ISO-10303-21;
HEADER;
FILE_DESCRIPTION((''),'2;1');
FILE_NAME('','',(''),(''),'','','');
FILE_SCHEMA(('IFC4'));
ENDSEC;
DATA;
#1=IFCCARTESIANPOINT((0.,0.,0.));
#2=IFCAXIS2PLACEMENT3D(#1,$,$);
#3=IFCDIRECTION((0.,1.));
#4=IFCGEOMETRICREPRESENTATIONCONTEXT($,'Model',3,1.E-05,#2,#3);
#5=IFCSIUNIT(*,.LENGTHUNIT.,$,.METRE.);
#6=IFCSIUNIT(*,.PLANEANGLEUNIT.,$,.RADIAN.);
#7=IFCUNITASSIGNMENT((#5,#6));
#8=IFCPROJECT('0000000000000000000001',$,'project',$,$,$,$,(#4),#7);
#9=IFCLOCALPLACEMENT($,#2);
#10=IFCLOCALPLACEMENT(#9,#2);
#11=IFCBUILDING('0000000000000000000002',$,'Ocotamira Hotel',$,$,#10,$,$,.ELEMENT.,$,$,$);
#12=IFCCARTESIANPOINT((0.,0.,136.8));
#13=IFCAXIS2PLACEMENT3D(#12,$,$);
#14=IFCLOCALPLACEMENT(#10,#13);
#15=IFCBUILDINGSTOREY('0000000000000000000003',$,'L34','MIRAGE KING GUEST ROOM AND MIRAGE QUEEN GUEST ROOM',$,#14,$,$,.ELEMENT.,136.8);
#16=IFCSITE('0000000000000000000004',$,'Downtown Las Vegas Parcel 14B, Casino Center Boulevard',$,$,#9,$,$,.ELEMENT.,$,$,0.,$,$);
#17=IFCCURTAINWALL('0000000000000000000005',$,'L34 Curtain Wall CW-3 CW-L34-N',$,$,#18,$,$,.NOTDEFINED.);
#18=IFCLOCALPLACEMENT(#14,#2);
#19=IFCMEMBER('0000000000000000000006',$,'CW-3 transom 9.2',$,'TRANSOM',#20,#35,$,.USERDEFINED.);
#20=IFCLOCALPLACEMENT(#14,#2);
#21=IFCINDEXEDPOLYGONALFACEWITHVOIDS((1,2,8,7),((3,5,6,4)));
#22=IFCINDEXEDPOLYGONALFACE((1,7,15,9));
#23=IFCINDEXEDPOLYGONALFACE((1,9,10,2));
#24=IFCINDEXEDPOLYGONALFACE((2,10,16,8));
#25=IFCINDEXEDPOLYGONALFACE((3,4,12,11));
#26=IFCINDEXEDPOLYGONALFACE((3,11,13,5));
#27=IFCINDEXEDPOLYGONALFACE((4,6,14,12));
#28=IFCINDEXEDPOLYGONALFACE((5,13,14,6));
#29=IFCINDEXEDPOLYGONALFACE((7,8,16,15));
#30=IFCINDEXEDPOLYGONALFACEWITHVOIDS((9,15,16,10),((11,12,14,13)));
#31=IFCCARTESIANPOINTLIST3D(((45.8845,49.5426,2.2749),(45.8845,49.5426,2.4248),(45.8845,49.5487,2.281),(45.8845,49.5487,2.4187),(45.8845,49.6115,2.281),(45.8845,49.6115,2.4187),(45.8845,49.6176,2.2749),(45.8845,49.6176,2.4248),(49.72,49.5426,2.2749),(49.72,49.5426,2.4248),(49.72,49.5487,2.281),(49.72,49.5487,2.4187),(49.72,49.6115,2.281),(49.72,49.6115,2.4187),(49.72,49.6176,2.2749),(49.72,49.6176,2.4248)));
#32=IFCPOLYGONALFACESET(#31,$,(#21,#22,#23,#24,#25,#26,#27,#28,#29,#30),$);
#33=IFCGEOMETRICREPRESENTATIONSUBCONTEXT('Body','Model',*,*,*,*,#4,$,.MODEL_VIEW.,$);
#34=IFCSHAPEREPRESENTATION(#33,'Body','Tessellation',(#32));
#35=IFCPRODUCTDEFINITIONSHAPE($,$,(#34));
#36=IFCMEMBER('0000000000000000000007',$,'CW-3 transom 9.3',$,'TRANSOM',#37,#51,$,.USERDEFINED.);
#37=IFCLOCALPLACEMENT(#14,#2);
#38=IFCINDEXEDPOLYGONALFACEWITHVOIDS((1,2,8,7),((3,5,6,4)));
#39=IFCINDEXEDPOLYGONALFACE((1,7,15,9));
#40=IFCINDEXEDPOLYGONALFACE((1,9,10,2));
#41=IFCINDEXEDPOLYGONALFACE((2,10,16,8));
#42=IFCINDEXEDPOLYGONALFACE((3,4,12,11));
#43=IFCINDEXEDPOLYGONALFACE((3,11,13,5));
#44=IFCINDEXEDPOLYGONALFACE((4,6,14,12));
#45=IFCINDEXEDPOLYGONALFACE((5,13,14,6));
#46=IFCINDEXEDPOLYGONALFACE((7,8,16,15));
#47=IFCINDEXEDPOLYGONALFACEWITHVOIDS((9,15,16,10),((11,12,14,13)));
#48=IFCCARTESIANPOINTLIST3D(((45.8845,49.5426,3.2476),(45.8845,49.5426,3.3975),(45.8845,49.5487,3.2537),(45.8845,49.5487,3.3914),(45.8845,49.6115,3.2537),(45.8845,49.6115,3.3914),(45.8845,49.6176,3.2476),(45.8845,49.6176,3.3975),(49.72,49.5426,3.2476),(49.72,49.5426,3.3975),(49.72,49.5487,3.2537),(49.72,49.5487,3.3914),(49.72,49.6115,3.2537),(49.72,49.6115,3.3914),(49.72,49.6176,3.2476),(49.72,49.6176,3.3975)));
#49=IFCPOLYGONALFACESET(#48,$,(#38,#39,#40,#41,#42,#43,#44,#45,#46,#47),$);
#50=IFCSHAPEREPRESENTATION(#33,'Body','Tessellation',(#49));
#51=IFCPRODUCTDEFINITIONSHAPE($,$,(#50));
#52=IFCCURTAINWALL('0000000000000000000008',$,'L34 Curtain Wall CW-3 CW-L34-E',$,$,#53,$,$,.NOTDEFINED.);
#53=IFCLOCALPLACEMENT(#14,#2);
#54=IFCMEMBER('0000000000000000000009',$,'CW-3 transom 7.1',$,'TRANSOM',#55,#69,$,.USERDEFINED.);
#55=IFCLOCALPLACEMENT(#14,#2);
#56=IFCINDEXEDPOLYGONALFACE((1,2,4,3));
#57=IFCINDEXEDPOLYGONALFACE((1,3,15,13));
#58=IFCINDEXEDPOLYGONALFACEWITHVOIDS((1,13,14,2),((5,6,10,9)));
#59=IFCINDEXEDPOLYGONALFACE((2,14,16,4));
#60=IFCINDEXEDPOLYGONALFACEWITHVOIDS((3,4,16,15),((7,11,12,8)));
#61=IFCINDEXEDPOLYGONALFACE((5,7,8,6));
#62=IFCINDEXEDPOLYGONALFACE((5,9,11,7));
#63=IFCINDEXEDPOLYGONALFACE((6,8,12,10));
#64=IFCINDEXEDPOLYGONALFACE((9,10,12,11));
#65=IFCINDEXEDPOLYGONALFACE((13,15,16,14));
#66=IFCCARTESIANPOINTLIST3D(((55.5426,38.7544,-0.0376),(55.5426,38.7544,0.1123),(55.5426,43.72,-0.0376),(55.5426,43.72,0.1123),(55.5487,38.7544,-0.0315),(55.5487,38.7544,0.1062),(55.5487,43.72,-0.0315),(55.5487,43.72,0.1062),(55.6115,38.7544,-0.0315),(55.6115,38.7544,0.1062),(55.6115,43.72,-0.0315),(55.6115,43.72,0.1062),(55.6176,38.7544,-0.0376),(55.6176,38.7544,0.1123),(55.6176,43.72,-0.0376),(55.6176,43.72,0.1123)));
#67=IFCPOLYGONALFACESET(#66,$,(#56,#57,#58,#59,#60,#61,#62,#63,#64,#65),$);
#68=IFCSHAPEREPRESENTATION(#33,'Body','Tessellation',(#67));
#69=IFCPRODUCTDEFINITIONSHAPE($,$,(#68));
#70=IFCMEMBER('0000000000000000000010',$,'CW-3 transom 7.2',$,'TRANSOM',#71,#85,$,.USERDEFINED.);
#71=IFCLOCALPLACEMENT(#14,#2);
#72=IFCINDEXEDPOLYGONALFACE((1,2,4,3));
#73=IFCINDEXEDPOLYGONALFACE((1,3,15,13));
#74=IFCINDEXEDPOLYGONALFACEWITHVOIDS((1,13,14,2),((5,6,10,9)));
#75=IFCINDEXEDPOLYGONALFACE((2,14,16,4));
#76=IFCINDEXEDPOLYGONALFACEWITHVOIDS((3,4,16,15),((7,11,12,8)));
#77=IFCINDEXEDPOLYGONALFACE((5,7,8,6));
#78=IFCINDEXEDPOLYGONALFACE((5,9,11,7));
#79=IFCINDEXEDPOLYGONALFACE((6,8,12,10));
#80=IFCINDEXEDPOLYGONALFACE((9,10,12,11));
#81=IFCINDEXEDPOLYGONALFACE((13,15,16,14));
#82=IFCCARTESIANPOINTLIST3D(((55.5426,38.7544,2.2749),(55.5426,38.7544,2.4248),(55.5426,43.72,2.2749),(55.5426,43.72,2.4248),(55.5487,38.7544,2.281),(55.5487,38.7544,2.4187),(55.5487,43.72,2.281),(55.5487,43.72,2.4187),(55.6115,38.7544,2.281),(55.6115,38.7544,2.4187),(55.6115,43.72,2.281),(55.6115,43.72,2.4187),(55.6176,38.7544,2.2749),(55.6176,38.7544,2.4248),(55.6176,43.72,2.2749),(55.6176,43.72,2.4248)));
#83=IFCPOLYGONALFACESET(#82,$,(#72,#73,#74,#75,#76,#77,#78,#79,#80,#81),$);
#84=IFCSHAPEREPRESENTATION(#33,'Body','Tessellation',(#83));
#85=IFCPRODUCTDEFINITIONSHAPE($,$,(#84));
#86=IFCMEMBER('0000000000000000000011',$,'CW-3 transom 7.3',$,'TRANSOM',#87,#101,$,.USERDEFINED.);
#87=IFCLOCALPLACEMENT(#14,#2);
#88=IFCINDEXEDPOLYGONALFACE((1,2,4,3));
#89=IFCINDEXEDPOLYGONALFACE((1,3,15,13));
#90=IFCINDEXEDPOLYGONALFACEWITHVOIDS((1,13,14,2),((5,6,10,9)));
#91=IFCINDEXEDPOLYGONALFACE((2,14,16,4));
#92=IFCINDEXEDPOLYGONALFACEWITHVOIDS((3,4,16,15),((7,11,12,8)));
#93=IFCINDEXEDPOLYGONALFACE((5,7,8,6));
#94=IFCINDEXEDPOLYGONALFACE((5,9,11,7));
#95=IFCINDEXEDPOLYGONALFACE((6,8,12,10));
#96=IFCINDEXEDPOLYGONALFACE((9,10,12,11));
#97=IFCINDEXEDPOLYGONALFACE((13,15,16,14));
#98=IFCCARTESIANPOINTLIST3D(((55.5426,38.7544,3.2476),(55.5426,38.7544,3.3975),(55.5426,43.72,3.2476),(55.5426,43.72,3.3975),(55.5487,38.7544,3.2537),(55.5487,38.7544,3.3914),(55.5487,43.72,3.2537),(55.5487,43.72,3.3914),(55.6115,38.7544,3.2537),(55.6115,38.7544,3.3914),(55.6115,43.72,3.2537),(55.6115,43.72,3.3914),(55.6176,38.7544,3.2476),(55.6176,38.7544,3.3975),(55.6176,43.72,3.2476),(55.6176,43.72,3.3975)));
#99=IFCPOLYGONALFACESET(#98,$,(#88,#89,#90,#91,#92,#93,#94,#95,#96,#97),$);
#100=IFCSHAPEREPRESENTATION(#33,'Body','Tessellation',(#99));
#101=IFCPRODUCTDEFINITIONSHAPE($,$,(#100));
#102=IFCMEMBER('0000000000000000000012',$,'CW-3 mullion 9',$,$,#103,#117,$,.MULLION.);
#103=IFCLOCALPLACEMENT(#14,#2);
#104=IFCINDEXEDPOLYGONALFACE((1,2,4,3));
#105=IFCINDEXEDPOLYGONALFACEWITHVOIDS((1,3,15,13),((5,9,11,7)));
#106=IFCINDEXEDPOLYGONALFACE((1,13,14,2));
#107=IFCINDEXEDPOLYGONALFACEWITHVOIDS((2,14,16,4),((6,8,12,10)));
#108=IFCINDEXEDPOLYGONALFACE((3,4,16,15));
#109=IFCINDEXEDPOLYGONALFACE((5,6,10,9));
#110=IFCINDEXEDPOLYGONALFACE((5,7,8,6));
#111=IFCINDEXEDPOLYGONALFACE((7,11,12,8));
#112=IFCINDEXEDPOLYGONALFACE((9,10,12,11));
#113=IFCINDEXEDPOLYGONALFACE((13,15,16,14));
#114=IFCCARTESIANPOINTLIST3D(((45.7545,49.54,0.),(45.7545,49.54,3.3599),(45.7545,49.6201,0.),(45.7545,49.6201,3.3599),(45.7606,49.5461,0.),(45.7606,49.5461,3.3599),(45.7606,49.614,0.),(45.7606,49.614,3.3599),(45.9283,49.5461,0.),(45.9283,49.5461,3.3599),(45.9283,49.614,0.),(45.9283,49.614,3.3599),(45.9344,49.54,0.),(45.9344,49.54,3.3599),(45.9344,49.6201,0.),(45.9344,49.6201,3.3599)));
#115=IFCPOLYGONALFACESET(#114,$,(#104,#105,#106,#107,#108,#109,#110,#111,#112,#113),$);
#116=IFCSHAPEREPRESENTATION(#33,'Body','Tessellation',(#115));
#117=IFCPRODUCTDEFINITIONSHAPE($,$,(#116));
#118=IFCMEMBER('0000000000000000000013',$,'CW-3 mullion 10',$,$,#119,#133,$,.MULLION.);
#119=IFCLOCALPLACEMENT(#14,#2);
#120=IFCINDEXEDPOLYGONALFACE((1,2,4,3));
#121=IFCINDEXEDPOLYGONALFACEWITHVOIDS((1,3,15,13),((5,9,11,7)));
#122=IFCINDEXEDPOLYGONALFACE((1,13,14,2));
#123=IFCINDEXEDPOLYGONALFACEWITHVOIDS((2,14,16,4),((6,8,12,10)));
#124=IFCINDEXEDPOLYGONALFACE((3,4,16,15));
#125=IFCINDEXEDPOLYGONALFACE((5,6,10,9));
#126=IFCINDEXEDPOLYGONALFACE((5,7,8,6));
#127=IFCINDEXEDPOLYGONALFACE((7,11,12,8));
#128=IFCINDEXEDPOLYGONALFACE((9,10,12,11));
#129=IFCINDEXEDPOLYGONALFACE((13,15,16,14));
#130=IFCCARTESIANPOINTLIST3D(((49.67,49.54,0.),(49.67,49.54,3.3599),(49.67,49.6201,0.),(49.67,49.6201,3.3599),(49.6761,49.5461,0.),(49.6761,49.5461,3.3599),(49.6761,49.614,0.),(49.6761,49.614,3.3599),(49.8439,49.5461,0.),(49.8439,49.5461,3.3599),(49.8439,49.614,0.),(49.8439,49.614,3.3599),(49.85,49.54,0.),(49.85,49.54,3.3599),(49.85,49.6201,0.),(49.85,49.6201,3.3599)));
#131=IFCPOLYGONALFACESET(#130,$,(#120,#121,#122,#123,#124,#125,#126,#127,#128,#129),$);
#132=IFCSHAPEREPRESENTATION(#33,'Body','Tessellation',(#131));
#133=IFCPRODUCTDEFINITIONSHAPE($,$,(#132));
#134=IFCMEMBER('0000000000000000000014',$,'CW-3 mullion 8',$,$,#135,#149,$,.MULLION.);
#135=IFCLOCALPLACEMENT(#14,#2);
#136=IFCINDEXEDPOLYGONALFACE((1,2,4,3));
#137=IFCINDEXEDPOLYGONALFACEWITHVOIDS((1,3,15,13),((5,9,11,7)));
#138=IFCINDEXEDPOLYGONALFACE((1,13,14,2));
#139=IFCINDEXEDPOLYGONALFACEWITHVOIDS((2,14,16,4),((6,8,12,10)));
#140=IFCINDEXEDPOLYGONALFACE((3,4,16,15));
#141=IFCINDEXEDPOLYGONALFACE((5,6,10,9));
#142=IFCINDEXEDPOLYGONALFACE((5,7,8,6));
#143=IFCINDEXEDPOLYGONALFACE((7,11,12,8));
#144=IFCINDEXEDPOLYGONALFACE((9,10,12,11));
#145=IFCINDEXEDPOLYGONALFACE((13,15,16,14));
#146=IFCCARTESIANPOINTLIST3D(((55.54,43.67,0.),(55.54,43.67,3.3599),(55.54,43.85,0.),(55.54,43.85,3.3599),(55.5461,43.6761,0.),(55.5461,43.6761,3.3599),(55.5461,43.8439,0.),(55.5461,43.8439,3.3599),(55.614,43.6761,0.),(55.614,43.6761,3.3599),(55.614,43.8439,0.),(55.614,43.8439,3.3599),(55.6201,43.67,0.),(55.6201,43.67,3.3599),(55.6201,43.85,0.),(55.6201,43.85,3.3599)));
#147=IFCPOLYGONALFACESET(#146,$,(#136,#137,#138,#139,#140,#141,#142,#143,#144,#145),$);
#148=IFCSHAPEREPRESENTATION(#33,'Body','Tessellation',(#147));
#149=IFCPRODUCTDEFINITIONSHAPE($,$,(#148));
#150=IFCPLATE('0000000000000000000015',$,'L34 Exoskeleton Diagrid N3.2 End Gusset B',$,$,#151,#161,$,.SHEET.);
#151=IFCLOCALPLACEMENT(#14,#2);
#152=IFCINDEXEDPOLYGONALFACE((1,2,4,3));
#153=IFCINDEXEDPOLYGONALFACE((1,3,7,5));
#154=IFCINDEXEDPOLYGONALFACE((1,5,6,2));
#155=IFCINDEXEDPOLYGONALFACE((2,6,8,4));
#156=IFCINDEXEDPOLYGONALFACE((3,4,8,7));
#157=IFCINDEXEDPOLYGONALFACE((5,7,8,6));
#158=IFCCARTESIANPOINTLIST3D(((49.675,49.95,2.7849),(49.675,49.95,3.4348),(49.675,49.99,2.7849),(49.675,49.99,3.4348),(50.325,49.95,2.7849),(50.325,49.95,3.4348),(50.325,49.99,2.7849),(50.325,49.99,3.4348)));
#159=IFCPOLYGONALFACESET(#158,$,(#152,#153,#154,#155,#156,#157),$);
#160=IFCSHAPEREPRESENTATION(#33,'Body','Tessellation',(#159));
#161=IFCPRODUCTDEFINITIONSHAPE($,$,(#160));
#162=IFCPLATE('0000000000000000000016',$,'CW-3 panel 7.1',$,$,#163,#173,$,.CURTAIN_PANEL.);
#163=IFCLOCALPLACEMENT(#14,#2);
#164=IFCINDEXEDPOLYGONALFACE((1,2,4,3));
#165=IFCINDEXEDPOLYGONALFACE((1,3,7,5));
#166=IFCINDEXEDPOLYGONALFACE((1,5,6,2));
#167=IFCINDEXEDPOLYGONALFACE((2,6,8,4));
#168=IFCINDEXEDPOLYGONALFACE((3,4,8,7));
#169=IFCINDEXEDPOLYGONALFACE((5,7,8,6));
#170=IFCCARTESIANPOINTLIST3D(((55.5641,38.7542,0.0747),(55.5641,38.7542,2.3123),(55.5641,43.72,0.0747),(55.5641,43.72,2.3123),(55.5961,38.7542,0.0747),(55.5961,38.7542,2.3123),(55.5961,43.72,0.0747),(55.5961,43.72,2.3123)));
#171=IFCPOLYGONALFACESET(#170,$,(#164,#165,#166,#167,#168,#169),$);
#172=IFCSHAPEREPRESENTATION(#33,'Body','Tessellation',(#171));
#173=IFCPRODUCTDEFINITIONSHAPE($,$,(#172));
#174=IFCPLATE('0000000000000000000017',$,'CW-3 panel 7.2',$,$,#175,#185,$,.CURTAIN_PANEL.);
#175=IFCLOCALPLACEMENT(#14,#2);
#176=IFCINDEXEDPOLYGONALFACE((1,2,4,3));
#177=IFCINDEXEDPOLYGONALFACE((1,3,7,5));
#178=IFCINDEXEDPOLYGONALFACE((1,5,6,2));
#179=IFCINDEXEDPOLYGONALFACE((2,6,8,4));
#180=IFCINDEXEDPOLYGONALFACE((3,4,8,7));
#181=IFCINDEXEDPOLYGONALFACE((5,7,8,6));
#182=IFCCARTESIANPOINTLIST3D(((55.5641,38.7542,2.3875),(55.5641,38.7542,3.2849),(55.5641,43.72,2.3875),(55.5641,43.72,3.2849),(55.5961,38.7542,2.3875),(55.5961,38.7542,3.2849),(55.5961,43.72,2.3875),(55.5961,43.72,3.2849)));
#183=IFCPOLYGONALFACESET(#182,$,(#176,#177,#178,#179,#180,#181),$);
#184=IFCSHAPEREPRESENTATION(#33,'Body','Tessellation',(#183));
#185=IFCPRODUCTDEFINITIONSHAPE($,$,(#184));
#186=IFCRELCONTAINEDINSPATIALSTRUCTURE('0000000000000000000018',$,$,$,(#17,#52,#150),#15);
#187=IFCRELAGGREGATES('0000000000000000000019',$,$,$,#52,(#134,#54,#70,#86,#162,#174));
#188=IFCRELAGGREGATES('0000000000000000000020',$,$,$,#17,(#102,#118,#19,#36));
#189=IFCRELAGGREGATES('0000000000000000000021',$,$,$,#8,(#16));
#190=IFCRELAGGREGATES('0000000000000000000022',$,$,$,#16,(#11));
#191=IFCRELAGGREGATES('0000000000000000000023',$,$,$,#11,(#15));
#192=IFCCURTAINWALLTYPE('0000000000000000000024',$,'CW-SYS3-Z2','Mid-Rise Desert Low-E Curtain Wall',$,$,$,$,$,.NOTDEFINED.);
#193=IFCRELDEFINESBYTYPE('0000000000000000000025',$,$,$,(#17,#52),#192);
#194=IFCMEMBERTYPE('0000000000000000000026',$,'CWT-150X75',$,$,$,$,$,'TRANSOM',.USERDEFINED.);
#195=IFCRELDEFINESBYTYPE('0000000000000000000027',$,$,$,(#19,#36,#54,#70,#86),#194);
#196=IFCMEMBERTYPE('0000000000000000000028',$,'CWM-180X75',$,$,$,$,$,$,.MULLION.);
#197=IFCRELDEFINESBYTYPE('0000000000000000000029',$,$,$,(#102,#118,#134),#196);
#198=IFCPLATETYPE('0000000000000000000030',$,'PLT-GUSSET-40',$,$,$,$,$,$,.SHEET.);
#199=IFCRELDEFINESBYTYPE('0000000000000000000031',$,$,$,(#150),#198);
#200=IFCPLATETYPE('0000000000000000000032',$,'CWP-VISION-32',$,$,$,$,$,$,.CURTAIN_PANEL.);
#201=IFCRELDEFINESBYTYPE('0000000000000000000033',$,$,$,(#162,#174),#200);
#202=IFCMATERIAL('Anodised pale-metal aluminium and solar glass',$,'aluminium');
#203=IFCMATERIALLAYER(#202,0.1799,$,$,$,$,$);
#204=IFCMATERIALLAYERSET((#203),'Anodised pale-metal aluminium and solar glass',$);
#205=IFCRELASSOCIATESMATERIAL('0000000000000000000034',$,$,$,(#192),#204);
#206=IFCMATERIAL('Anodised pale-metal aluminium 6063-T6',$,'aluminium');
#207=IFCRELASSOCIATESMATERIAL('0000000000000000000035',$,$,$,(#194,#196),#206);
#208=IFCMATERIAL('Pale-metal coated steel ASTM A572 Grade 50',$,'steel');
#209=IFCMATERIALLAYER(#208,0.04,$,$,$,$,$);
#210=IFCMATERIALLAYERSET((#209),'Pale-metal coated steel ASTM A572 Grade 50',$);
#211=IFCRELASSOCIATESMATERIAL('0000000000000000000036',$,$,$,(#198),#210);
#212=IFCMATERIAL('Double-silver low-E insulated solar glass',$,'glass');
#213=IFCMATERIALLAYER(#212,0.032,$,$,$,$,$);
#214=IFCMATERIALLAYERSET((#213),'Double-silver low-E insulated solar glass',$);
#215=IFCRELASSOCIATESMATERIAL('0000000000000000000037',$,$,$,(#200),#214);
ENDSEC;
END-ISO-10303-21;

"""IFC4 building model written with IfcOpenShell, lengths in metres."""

from ifc_helpers import new_model, si_unit, direction, frame, origin, origin_2d, place, context, subcontext, project, spatial, rectangle, hollow_rectangle, extrude, source, transform, mapped, material, layer, layer_set, material_profile, profile_set, type_object, element, aggregate, save


model = new_model("IFC4")

# Units and contexts
model_context = context("Model", 3, precision=1e-05, world=origin(), true_north=direction((0.0, 1.0)))
body_context = subcontext(model_context, "Body", "Model", "MODEL_VIEW")
ifc_project = project(units=[si_unit("LENGTHUNIT", "METRE"), si_unit("PLANEANGLEUNIT", "RADIAN")], contexts=[model_context])

# Site, building, storey
site_placement = place(None, origin())
site = spatial("IfcSite", under=ifc_project, at=site_placement, Name="Downtown Las Vegas Parcel 14B, Casino Center Boulevard", CompositionType="ELEMENT", RefElevation=0.0)
building_placement = place(site_placement, origin())
building = spatial("IfcBuilding", under=site, at=building_placement, Name="Ocotamira Hotel", CompositionType="ELEMENT")
storey_placement = place(building_placement, frame((0.0, 0.0, 136.8)))
storey = spatial("IfcBuildingStorey", under=building, at=storey_placement, Name="L34", Description="MIRAGE KING GUEST ROOM AND MIRAGE QUEEN GUEST ROOM", CompositionType="ELEMENT", Elevation=136.8)

# Curtain walls, members
ifc_material_1 = material(Name="Anodised pale-metal aluminium and solar glass", Category="aluminium")
ifc_layer_1 = layer(ifc_material_1, 0.1799)
ifc_layer_set_1 = layer_set([ifc_layer_1], Name="Anodised pale-metal aluminium and solar glass")
curtain_wall_type = type_object("IfcCurtainWallType", Name="CW-SYS3-Z2", Description="Mid-Rise Desert Low-E Curtain Wall", PredefinedType="NOTDEFINED", material=ifc_layer_set_1)
curtain_wall_1_placement = place(storey_placement, origin())
curtain_wall_1 = element("IfcCurtainWall", 1, at=curtain_wall_1_placement, inside=storey, type_object=curtain_wall_type, Name="L34 Curtain Wall CW-3 CW-L34-N", PredefinedType="NOTDEFINED")
ifc_material_2 = material(Name="Anodised pale-metal aluminium 6063-T6", Category="aluminium")
ifc_material_profile_1 = material_profile(ifc_material_2, hollow_rectangle(XDim=0.075, YDim=0.1499, WallThickness=0.0061, at=origin_2d()), Name="HSS150X75X6")
ifc_profile_set_1 = profile_set([ifc_material_profile_1], Name="Anodised pale-metal aluminium 6063-T6")
member_type_1 = type_object("IfcMemberType", Name="CWT-150X75", ElementType="TRANSOM", PredefinedType="USERDEFINED", material=ifc_profile_set_1)
shared_shape_1 = source(origin(), body_context, "Body", "SweptSolid", [
    extrude(hollow_rectangle(XDim=0.075, YDim=0.1499, WallThickness=0.0061, at=origin_2d()), origin(), (0.0, 0.0, 1.0), 3.8354),
])
member_1_placement = place(storey_placement, frame((45.8845, 49.5801, 2.3499), z_axis=(1.0, 0.0, 0.0), x_axis=(0.0, 1.0, 0.0)))
member_1 = element("IfcMember", 2, at=member_1_placement, type_object=member_type_1, Name="CW-3 transom 9.2", ObjectType="TRANSOM", PredefinedType="USERDEFINED", context=body_context, shape_type="MappedRepresentation", body=[
    mapped(shared_shape_1, transform((0.0, 0.0, 0.0), scale=1.0)),
])
member_2_placement = place(storey_placement, frame((45.8845, 49.5801, 3.3225), z_axis=(1.0, 0.0, 0.0), x_axis=(0.0, 1.0, 0.0)))
member_2 = element("IfcMember", 3, at=member_2_placement, type_object=member_type_1, Name="CW-3 transom 9.3", ObjectType="TRANSOM", PredefinedType="USERDEFINED", context=body_context, shape_type="MappedRepresentation", body=[
    mapped(shared_shape_1, transform((0.0, 0.0, 0.0), scale=1.0)),
])
curtain_wall_2_placement = place(storey_placement, origin())
curtain_wall_2 = element("IfcCurtainWall", 4, at=curtain_wall_2_placement, inside=storey, type_object=curtain_wall_type, Name="L34 Curtain Wall CW-3 CW-L34-E", PredefinedType="NOTDEFINED")
shared_shape_2 = source(origin(), body_context, "Body", "SweptSolid", [
    extrude(hollow_rectangle(XDim=0.075, YDim=0.1499, WallThickness=0.0061, at=origin_2d()), origin(), (0.0, 0.0, 1.0), 4.9656),
])
member_3_placement = place(storey_placement, frame((55.5801, 38.7544, 0.0374), z_axis=(0.0, 1.0, 0.0), x_axis=(-1.0, 0.0, 0.0)))
member_3 = element("IfcMember", 5, at=member_3_placement, type_object=member_type_1, Name="CW-3 transom 7.1", ObjectType="TRANSOM", PredefinedType="USERDEFINED", context=body_context, shape_type="MappedRepresentation", body=[
    mapped(shared_shape_2, transform((0.0, 0.0, 0.0), scale=1.0)),
])
member_4_placement = place(storey_placement, frame((55.5801, 38.7544, 2.3499), z_axis=(0.0, 1.0, 0.0), x_axis=(-1.0, 0.0, 0.0)))
member_4 = element("IfcMember", 6, at=member_4_placement, type_object=member_type_1, Name="CW-3 transom 7.2", ObjectType="TRANSOM", PredefinedType="USERDEFINED", context=body_context, shape_type="MappedRepresentation", body=[
    mapped(shared_shape_2, transform((0.0, 0.0, 0.0), scale=1.0)),
])
member_5_placement = place(storey_placement, frame((55.5801, 38.7544, 3.3225), z_axis=(0.0, 1.0, 0.0), x_axis=(-1.0, 0.0, 0.0)))
member_5 = element("IfcMember", 7, at=member_5_placement, type_object=member_type_1, Name="CW-3 transom 7.3", ObjectType="TRANSOM", PredefinedType="USERDEFINED", context=body_context, shape_type="MappedRepresentation", body=[
    mapped(shared_shape_2, transform((0.0, 0.0, 0.0), scale=1.0)),
])

# Members
ifc_material_profile_2 = material_profile(ifc_material_2, hollow_rectangle(XDim=0.0801, YDim=0.1799, WallThickness=0.0061, at=origin_2d()), Name="HSS180X80X6")
ifc_profile_set_2 = profile_set([ifc_material_profile_2], Name="Anodised pale-metal aluminium 6063-T6")
member_type_2 = type_object("IfcMemberType", Name="CWM-180X75", PredefinedType="MULLION", material=ifc_profile_set_2)
shared_shape_3 = source(origin(), body_context, "Body", "SweptSolid", [
    extrude(hollow_rectangle(XDim=0.0801, YDim=0.1799, WallThickness=0.0061, at=origin_2d()), origin(), (0.0, 0.0, 1.0), 3.3599),
])
member_6_placement = place(storey_placement, frame((45.8445, 49.5801, 0.0), z_axis=(0.0, 0.0, 1.0), x_axis=(0.0, 1.0, 0.0)))
member_6 = element("IfcMember", 8, at=member_6_placement, type_object=member_type_2, Name="CW-3 mullion 9", PredefinedType="MULLION", context=body_context, shape_type="MappedRepresentation", body=[
    mapped(shared_shape_3, transform((0.0, 0.0, 0.0), scale=1.0)),
])
member_7_placement = place(storey_placement, frame((49.76, 49.5801, 0.0), z_axis=(0.0, 0.0, 1.0), x_axis=(0.0, 1.0, 0.0)))
member_7 = element("IfcMember", 9, at=member_7_placement, type_object=member_type_2, Name="CW-3 mullion 10", PredefinedType="MULLION", context=body_context, shape_type="MappedRepresentation", body=[
    mapped(shared_shape_3, transform((0.0, 0.0, 0.0), scale=1.0)),
])
member_8_placement = place(storey_placement, frame((55.5801, 43.76, 0.0), z_axis=(0.0, 0.0, 1.0), x_axis=(-1.0, 0.0, 0.0)))
member_8 = element("IfcMember", 10, at=member_8_placement, type_object=member_type_2, Name="CW-3 mullion 8", PredefinedType="MULLION", context=body_context, shape_type="MappedRepresentation", body=[
    mapped(shared_shape_3, transform((0.0, 0.0, 0.0), scale=1.0)),
])

# Plates
ifc_material_3 = material(Name="Pale-metal coated steel ASTM A572 Grade 50", Category="steel")
ifc_layer_2 = layer(ifc_material_3, 0.04)
ifc_layer_set_2 = layer_set([ifc_layer_2], Name="Pale-metal coated steel ASTM A572 Grade 50")
plate_type_1 = type_object("IfcPlateType", Name="PLT-GUSSET-40", PredefinedType="SHEET", material=ifc_layer_set_2)
shared_shape_4 = source(origin(), body_context, "Body", "SweptSolid", [
    extrude(rectangle(XDim=0.6499, YDim=0.04, at=origin_2d()), origin(), (0.0, 0.0, 1.0), 0.6499),
])
plate_1_placement = place(storey_placement, frame((50.0, 49.97, 2.7849), z_axis=(0.0, 0.0, 1.0), x_axis=(1.0, 0.0, 0.0)))
element("IfcPlate", 11, at=plate_1_placement, inside=storey, type_object=plate_type_1, Name="L34 Exoskeleton Diagrid N3.2 End Gusset B", PredefinedType="SHEET", context=body_context, shape_type="MappedRepresentation", body=[
    mapped(shared_shape_4, transform((0.0, 0.0, 0.0), scale=1.0)),
])
ifc_material_4 = material(Name="Double-silver low-E insulated solar glass", Category="glass")
ifc_layer_3 = layer(ifc_material_4, 0.032)
ifc_layer_set_3 = layer_set([ifc_layer_3], Name="Double-silver low-E insulated solar glass")
plate_type_2 = type_object("IfcPlateType", Name="CWP-VISION-32", PredefinedType="CURTAIN_PANEL", material=ifc_layer_set_3)
shared_shape_5 = source(origin(), body_context, "Body", "SweptSolid", [
    extrude(rectangle(XDim=4.9658, YDim=0.032, at=origin_2d()), origin(), (0.0, 0.0, 1.0), 2.2375),
])
plate_2_placement = place(storey_placement, frame((55.5801, 41.2371, 0.0747), z_axis=(0.0, 0.0, 1.0), x_axis=(0.0, 1.0, 0.0)))
plate_2 = element("IfcPlate", 12, at=plate_2_placement, type_object=plate_type_2, Name="CW-3 panel 7.1", PredefinedType="CURTAIN_PANEL", context=body_context, shape_type="MappedRepresentation", body=[
    mapped(shared_shape_5, transform((0.0, 0.0, 0.0), scale=1.0)),
])
shared_shape_6 = source(origin(), body_context, "Body", "SweptSolid", [
    extrude(rectangle(XDim=4.9658, YDim=0.032, at=origin_2d()), origin(), (0.0, 0.0, 1.0), 0.8975),
])
plate_3_placement = place(storey_placement, frame((55.5801, 41.2371, 2.3875), z_axis=(0.0, 0.0, 1.0), x_axis=(0.0, 1.0, 0.0)))
plate_3 = element("IfcPlate", 13, at=plate_3_placement, type_object=plate_type_2, Name="CW-3 panel 7.2", PredefinedType="CURTAIN_PANEL", context=body_context, shape_type="MappedRepresentation", body=[
    mapped(shared_shape_6, transform((0.0, 0.0, 0.0), scale=1.0)),
])
aggregate(curtain_wall_2, [member_8, member_3, member_4, member_5, plate_2, plate_3])
aggregate(curtain_wall_1, [member_6, member_7, member_1, member_2])

save(model, "model.ifc")
